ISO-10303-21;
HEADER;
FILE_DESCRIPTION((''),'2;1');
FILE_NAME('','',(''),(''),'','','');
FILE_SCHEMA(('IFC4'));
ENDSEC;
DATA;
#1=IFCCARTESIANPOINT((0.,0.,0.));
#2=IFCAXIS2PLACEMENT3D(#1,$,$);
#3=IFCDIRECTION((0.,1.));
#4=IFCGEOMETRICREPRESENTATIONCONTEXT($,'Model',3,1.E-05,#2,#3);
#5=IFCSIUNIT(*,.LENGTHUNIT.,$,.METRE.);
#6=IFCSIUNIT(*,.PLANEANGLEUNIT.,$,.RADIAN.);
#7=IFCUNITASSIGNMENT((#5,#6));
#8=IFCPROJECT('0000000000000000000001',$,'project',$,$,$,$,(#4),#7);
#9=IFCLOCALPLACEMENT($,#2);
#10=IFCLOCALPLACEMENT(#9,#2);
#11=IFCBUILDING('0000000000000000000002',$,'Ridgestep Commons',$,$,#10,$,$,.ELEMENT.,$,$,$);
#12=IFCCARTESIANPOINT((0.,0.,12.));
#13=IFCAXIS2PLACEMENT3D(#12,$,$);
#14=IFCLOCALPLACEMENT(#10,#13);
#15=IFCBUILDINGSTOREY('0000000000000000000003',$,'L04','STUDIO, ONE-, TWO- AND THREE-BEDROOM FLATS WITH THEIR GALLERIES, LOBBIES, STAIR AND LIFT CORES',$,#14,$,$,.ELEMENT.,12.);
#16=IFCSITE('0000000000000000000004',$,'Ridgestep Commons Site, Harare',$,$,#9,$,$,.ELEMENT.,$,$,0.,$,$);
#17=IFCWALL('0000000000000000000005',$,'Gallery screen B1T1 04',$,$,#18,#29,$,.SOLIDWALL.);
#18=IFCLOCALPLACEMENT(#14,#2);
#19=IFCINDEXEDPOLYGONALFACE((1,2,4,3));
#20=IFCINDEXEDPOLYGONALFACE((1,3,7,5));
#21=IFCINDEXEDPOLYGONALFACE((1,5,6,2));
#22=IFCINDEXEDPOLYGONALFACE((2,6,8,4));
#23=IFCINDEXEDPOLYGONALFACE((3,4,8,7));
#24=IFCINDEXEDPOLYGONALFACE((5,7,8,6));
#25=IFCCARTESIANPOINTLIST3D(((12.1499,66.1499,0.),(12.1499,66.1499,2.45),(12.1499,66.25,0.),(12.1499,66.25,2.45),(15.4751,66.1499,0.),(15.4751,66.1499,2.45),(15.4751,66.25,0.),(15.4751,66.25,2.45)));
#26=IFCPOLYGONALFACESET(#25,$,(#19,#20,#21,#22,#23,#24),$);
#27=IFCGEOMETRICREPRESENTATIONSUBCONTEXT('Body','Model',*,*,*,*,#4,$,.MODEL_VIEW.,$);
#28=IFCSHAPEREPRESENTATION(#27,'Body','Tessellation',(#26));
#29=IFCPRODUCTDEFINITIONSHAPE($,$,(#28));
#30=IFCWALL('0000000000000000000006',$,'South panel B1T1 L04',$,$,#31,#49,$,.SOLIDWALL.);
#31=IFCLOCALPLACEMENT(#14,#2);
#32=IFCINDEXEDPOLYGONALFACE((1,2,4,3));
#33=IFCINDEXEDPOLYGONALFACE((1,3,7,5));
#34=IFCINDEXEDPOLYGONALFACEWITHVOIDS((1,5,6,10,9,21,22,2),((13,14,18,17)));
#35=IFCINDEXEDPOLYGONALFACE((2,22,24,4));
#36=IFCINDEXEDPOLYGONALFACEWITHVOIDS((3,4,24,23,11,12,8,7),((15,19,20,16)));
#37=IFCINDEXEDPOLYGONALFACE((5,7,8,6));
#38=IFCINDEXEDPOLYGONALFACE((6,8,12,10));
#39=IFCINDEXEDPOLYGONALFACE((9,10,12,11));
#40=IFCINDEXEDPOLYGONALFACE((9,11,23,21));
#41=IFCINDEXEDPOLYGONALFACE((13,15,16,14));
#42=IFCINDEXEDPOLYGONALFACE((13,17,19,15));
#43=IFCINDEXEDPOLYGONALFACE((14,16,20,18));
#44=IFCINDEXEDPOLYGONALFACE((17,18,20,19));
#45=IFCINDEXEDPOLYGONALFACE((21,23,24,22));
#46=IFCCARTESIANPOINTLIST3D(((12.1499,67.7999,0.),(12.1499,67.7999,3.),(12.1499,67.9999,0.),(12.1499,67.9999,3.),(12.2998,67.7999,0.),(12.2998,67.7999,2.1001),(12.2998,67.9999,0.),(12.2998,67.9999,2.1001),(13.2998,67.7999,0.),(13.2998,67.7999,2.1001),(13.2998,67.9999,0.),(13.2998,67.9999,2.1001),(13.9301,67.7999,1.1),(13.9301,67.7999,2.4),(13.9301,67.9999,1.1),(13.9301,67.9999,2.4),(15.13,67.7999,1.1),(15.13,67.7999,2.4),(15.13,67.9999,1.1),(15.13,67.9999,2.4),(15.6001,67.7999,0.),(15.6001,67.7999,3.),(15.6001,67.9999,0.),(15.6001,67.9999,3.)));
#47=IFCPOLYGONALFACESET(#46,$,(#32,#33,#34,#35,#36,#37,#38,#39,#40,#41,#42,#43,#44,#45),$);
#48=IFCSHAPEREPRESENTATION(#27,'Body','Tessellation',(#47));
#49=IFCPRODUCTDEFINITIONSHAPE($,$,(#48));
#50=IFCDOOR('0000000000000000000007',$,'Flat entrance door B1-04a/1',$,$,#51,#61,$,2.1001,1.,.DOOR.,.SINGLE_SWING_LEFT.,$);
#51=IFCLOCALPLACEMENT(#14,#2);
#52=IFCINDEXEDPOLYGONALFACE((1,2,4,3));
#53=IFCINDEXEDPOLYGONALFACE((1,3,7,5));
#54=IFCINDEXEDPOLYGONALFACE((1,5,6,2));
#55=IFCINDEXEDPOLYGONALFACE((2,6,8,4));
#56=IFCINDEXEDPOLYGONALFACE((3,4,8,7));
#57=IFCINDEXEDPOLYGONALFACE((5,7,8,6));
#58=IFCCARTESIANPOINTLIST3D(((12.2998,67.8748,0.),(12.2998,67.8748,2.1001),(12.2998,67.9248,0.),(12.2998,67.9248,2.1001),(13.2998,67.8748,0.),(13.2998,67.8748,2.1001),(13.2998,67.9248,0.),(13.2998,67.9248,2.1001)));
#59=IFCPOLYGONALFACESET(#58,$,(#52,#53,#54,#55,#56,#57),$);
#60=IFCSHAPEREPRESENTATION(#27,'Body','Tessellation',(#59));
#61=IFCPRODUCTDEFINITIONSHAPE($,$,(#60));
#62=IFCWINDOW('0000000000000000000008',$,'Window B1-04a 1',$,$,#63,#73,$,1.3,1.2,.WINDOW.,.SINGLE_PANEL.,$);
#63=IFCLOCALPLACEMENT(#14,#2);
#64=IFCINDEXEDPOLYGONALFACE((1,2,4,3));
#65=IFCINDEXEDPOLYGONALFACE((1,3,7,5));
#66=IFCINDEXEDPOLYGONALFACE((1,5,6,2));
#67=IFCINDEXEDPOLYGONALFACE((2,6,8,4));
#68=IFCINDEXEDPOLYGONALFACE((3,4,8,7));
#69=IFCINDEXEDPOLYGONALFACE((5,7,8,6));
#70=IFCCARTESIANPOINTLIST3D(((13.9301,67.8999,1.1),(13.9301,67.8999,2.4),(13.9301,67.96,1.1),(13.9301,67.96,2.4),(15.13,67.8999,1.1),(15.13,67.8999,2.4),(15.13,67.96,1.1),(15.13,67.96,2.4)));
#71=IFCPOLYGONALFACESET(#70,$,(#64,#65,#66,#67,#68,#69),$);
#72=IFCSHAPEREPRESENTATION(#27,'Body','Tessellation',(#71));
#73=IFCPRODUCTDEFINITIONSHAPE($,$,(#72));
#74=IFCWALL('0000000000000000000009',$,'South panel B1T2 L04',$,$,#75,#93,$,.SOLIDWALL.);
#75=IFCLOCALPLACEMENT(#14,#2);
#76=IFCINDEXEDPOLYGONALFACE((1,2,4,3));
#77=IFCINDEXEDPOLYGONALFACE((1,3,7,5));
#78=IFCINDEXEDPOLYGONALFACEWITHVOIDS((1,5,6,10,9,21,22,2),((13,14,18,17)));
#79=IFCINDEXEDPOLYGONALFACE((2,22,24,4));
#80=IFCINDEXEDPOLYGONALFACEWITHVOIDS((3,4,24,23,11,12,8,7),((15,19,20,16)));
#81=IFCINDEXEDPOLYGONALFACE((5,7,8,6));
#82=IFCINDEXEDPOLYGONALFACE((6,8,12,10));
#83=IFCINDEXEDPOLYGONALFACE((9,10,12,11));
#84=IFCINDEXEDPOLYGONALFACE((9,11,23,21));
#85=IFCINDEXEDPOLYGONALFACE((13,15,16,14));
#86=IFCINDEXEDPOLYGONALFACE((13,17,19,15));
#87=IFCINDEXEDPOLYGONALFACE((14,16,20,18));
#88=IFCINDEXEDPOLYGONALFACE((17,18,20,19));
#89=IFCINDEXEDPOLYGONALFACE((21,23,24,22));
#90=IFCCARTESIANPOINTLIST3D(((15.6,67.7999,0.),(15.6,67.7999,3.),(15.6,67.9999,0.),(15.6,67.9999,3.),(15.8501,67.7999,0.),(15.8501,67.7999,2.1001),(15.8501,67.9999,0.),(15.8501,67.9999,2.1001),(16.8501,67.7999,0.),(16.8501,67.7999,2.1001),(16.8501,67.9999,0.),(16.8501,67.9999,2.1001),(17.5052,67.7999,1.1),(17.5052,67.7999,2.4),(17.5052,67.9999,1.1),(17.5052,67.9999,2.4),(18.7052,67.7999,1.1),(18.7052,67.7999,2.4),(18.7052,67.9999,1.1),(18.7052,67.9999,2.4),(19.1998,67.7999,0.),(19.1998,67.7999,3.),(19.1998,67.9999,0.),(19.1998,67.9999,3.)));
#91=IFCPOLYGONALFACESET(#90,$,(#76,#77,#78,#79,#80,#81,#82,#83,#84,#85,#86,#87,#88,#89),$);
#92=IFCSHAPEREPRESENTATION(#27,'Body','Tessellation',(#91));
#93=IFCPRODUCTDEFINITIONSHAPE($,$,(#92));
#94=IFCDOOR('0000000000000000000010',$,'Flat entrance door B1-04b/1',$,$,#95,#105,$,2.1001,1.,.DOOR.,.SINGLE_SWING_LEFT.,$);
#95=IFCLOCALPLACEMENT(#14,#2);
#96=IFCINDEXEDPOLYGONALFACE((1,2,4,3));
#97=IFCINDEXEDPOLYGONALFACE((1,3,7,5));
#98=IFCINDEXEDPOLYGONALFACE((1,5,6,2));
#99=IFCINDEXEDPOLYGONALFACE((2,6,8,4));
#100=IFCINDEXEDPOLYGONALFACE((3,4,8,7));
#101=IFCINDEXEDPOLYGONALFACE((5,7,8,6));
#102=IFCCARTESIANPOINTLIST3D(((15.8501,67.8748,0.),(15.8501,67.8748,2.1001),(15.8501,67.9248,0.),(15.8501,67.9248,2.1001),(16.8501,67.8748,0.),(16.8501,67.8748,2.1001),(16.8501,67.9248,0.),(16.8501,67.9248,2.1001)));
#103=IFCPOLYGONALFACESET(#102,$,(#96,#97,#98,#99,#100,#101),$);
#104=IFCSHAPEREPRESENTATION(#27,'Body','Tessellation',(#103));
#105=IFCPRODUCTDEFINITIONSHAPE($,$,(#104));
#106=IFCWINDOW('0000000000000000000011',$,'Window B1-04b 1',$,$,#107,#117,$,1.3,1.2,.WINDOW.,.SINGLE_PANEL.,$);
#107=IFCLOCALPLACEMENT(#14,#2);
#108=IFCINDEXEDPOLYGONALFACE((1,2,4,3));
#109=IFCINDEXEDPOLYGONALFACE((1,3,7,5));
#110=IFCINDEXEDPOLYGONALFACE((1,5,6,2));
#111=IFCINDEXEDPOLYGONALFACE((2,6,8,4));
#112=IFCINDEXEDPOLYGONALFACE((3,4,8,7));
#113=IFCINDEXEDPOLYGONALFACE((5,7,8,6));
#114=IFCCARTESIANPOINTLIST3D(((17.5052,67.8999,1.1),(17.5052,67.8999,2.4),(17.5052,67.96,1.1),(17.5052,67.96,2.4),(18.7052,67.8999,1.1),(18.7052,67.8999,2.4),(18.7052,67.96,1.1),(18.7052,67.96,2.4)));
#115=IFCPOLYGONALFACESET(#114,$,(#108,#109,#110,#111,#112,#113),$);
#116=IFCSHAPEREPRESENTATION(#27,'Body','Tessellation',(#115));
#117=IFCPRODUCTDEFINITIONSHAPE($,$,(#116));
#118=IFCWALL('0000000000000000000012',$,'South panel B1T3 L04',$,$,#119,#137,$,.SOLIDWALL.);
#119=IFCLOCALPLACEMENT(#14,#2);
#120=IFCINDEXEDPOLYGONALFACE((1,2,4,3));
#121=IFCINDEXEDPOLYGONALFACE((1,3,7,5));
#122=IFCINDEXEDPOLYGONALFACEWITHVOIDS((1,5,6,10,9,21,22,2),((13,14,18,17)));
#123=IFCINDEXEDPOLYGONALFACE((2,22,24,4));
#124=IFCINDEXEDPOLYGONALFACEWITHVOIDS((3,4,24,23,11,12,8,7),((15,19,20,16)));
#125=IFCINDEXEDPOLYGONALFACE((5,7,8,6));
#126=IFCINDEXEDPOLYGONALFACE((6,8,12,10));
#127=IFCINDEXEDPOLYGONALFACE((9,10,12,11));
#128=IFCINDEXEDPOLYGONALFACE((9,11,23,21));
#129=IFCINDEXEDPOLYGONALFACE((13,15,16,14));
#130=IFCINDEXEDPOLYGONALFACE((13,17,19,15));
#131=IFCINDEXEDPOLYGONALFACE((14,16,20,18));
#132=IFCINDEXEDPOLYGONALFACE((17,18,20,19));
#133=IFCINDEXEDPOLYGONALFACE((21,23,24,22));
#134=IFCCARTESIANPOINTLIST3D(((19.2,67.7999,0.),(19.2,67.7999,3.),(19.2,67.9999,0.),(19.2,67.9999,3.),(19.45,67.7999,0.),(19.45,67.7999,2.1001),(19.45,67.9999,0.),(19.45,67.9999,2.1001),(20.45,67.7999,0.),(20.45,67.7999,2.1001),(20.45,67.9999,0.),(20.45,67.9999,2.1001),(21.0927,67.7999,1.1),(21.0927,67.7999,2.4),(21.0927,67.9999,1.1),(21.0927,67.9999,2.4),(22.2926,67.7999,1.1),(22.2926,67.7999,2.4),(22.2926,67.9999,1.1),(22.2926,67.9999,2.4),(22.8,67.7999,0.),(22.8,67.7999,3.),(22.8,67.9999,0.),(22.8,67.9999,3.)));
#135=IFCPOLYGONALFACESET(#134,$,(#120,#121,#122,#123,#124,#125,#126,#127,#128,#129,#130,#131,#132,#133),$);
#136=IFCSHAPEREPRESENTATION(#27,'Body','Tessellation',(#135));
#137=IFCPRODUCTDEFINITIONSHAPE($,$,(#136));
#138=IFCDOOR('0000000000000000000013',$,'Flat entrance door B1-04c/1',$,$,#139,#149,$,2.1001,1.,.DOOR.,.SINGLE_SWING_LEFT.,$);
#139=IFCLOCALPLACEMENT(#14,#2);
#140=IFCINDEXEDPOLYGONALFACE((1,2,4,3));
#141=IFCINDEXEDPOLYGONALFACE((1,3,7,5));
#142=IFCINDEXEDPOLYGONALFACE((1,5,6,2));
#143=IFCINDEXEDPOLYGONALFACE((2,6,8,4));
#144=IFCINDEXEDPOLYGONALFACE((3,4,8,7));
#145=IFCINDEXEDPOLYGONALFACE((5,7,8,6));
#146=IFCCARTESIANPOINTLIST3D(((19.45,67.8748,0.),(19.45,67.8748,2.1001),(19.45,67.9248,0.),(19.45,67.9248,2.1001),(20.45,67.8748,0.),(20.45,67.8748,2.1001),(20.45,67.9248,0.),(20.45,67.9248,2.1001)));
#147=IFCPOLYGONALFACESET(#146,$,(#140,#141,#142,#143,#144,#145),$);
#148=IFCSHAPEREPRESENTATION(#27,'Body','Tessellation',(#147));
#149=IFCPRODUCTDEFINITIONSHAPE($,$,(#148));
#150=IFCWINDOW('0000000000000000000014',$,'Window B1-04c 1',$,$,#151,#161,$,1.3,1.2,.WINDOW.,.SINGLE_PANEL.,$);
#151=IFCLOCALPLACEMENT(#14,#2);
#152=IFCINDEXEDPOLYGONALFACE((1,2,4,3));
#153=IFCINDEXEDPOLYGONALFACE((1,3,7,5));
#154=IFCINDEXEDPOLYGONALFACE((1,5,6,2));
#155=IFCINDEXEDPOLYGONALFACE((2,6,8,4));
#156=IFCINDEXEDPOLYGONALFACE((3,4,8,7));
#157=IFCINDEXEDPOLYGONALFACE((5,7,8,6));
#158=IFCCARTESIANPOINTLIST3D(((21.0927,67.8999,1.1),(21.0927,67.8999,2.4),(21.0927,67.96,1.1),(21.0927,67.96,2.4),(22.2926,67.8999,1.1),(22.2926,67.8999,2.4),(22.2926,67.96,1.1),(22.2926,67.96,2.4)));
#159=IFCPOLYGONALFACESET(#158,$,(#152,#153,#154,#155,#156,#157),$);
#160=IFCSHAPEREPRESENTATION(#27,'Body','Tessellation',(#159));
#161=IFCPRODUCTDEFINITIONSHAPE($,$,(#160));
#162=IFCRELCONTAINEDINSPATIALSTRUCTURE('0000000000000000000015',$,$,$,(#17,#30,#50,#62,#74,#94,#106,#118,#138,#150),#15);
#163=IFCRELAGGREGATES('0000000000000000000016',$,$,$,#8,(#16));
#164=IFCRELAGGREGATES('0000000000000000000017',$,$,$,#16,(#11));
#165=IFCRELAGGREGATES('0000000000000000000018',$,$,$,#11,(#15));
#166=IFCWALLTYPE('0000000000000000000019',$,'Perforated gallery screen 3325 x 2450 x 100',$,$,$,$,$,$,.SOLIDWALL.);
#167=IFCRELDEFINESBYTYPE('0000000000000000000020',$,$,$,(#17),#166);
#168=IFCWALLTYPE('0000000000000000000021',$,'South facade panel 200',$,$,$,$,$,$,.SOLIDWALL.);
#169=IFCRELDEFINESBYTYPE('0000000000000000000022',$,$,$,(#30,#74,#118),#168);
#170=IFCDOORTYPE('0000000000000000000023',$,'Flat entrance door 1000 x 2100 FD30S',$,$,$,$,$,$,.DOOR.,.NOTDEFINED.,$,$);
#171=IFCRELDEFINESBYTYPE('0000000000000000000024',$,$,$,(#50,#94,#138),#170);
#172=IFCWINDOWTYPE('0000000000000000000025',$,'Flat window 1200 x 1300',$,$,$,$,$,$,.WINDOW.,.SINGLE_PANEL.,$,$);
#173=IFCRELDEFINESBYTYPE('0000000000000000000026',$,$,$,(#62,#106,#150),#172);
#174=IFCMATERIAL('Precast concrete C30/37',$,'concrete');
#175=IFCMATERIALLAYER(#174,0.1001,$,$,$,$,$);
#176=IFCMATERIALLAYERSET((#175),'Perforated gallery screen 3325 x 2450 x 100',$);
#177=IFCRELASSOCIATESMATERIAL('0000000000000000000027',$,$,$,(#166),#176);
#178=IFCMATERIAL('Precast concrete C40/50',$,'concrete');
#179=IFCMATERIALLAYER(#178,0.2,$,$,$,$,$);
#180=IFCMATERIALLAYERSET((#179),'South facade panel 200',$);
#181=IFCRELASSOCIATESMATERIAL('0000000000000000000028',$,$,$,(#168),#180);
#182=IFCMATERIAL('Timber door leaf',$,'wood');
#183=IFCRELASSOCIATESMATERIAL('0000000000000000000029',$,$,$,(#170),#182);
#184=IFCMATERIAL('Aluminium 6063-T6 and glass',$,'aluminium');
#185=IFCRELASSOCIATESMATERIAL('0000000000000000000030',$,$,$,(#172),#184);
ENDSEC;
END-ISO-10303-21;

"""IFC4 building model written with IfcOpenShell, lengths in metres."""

from ifc_helpers import new_model, si_unit, direction, frame, frame_2d, origin, place, context, subcontext, project, spatial, rectangle, extrude, material, layer, layer_set, type_object, element, fill, save


model = new_model("IFC4")

# Units and contexts
model_context = context("Model", 3, precision=1e-05, world=origin(), true_north=direction((0.0, 1.0)))
body_context = subcontext(model_context, "Body", "Model", "MODEL_VIEW")
ifc_project = project(units=[si_unit("LENGTHUNIT", "METRE"), si_unit("PLANEANGLEUNIT", "RADIAN")], contexts=[model_context])

# Site, building, storey
site_placement = place(None, origin())
site = spatial("IfcSite", under=ifc_project, at=site_placement, Name="Ridgestep Commons Site, Harare", CompositionType="ELEMENT", RefElevation=0.0)
building_placement = place(site_placement, origin())
building = spatial("IfcBuilding", under=site, at=building_placement, Name="Ridgestep Commons", CompositionType="ELEMENT")
storey_placement = place(building_placement, frame((0.0, 0.0, 12.0)))
storey = spatial("IfcBuildingStorey", under=building, at=storey_placement, Name="L04", Description="STUDIO, ONE-, TWO- AND THREE-BEDROOM FLATS WITH THEIR GALLERIES, LOBBIES, STAIR AND LIFT CORES", CompositionType="ELEMENT", Elevation=12.0)

# Wall
ifc_material_1 = material(Name="Precast concrete C30/37", Category="concrete")
ifc_layer_1 = layer(ifc_material_1, 0.1001)
ifc_layer_set_1 = layer_set([ifc_layer_1], Name="Perforated gallery screen 3325 x 2450 x 100")
wall_type_1 = type_object("IfcWallType", Name="Perforated gallery screen 3325 x 2450 x 100", PredefinedType="SOLIDWALL", material=ifc_layer_set_1)
wall_1_placement = place(storey_placement, frame((12.1499, 66.2, 0.0), z_axis=(0.0, 0.0, 1.0), x_axis=(1.0, 0.0, 0.0)))
element("IfcWall", 1, at=wall_1_placement, inside=storey, type_object=wall_type_1, Name="Gallery screen B1T1 04", PredefinedType="SOLIDWALL", context=body_context, shape_type="SweptSolid", body=[
    extrude(rectangle(XDim=3.3252, YDim=0.1001, at=frame_2d((1.6626, 0.0))), origin(), (0.0, 0.0, 1.0), 2.45),
])

# Walls, openings, doors, windows
ifc_material_2 = material(Name="Precast concrete C40/50", Category="concrete")
ifc_layer_2 = layer(ifc_material_2, 0.2)
ifc_layer_set_2 = layer_set([ifc_layer_2], Name="South facade panel 200")
wall_type_2 = type_object("IfcWallType", Name="South facade panel 200", PredefinedType="SOLIDWALL", material=ifc_layer_set_2)
wall_2_placement = place(storey_placement, frame((12.1499, 67.8999, 0.0), z_axis=(0.0, 0.0, 1.0), x_axis=(1.0, 0.0, 0.0)))
wall_2 = element("IfcWall", 2, at=wall_2_placement, inside=storey, type_object=wall_type_2, Name="South panel B1T1 L04", PredefinedType="SOLIDWALL", context=body_context, shape_type="SweptSolid", body=[
    extrude(rectangle(XDim=3.4502, YDim=0.2, at=frame_2d((1.7251, 0.0))), origin(), (0.0, 0.0, 1.0), 3.0),
])
opening_1_placement = place(wall_2_placement, frame((1.78, 0.0, 1.1001)))
opening_1 = element("IfcOpeningElement", 3, at=opening_1_placement, cuts=wall_2, PredefinedType="OPENING", context=body_context, shape_type="SweptSolid", body=[
    extrude(rectangle(XDim=1.2, YDim=1.3, at=frame_2d((0.6001, 0.6499))), frame((0.0, 0.1099, 0.0), z_axis=(0.0, -1.0, 0.0), x_axis=(1.0, 0.0, 0.0)), (0.0, 0.0, 1.0), 0.22),
])
opening_2_placement = place(wall_2_placement, frame((0.1499, 0.0, 0.0)))
opening_2 = element("IfcOpeningElement", 4, at=opening_2_placement, cuts=wall_2, PredefinedType="OPENING", context=body_context, shape_type="SweptSolid", body=[
    extrude(rectangle(XDim=1.0, YDim=2.1001, at=frame_2d((0.5, 1.05))), frame((0.0, 0.1099, 0.0), z_axis=(0.0, -1.0, 0.0), x_axis=(1.0, 0.0, 0.0)), (0.0, 0.0, 1.0), 0.22),
])
ifc_material_3 = material(Name="Timber door leaf", Category="wood")
door_type_1 = type_object("IfcDoorType", Name="Flat entrance door 1000 x 2100 FD30S", OperationType="NOTDEFINED", PredefinedType="DOOR", material=ifc_material_3)
door_1_placement = place(opening_2_placement, origin())
door_1 = element("IfcDoor", 5, at=door_1_placement, inside=storey, type_object=door_type_1, Name="Flat entrance door B1-04a/1", OperationType="SINGLE_SWING_LEFT", OverallHeight=2.1001, OverallWidth=1.0, PredefinedType="DOOR", context=body_context, shape_type="SweptSolid", body=[
    extrude(rectangle(XDim=1.0, YDim=2.1001, at=frame_2d((0.5, 1.05))), frame((0.0, 0.0249, 0.0), z_axis=(0.0, -1.0, 0.0), x_axis=(1.0, 0.0, 0.0)), (0.0, 0.0, 1.0), 0.05),
])
fill(opening_2, door_1)
ifc_material_4 = material(Name="Aluminium 6063-T6 and glass", Category="aluminium")
window_type = type_object("IfcWindowType", Name="Flat window 1200 x 1300", PartitioningType="SINGLE_PANEL", PredefinedType="WINDOW", material=ifc_material_4)
window_1_placement = place(opening_1_placement, origin())
window_1 = element("IfcWindow", 6, at=window_1_placement, inside=storey, type_object=window_type, Name="Window B1-04a 1", OverallHeight=1.3, OverallWidth=1.2, PartitioningType="SINGLE_PANEL", PredefinedType="WINDOW", context=body_context, shape_type="SweptSolid", body=[
    extrude(rectangle(XDim=1.2, YDim=1.3, at=frame_2d((0.6001, 0.6499))), frame((0.0, 0.0601, 0.0), z_axis=(0.0, -1.0, 0.0), x_axis=(1.0, 0.0, 0.0)), (0.0, 0.0, 1.0), 0.0601),
])
fill(opening_1, window_1)
wall_3_placement = place(storey_placement, frame((15.6001, 67.8999, 0.0), z_axis=(0.0, 0.0, 1.0), x_axis=(1.0, 0.0, 0.0)))
wall_3 = element("IfcWall", 7, at=wall_3_placement, inside=storey, type_object=wall_type_2, Name="South panel B1T2 L04", PredefinedType="SOLIDWALL", context=body_context, shape_type="SweptSolid", body=[
    extrude(rectangle(XDim=3.5999, YDim=0.2, at=frame_2d((1.7998, 0.0))), origin(), (0.0, 0.0, 1.0), 3.0),
])
opening_3_placement = place(wall_3_placement, frame((1.905, 0.0, 1.1001)))
opening_3 = element("IfcOpeningElement", 8, at=opening_3_placement, cuts=wall_3, PredefinedType="OPENING", context=body_context, shape_type="SweptSolid", body=[
    extrude(rectangle(XDim=1.2, YDim=1.3, at=frame_2d((0.6001, 0.6499))), frame((0.0, 0.1099, 0.0), z_axis=(0.0, -1.0, 0.0), x_axis=(1.0, 0.0, 0.0)), (0.0, 0.0, 1.0), 0.22),
])
opening_4_placement = place(wall_3_placement, frame((0.25, 0.0, 0.0)))
opening_4 = element("IfcOpeningElement", 9, at=opening_4_placement, cuts=wall_3, PredefinedType="OPENING", context=body_context, shape_type="SweptSolid", body=[
    extrude(rectangle(XDim=1.0, YDim=2.1001, at=frame_2d((0.5, 1.05))), frame((0.0, 0.1099, 0.0), z_axis=(0.0, -1.0, 0.0), x_axis=(1.0, 0.0, 0.0)), (0.0, 0.0, 1.0), 0.22),
])
door_2_placement = place(opening_4_placement, origin())
door_2 = element("IfcDoor", 10, at=door_2_placement, inside=storey, type_object=door_type_1, Name="Flat entrance door B1-04b/1", OperationType="SINGLE_SWING_LEFT", OverallHeight=2.1001, OverallWidth=1.0, PredefinedType="DOOR", context=body_context, shape_type="SweptSolid", body=[
    extrude(rectangle(XDim=1.0, YDim=2.1001, at=frame_2d((0.5, 1.05))), frame((0.0, 0.0249, 0.0), z_axis=(0.0, -1.0, 0.0), x_axis=(1.0, 0.0, 0.0)), (0.0, 0.0, 1.0), 0.05),
])
fill(opening_4, door_2)
window_2_placement = place(opening_3_placement, origin())
window_2 = element("IfcWindow", 11, at=window_2_placement, inside=storey, type_object=window_type, Name="Window B1-04b 1", OverallHeight=1.3, OverallWidth=1.2, PartitioningType="SINGLE_PANEL", PredefinedType="WINDOW", context=body_context, shape_type="SweptSolid", body=[
    extrude(rectangle(XDim=1.2, YDim=1.3, at=frame_2d((0.6001, 0.6499))), frame((0.0, 0.0601, 0.0), z_axis=(0.0, -1.0, 0.0), x_axis=(1.0, 0.0, 0.0)), (0.0, 0.0, 1.0), 0.0601),
])
fill(opening_3, window_2)
wall_4_placement = place(storey_placement, frame((19.2, 67.8999, 0.0), z_axis=(0.0, 0.0, 1.0), x_axis=(1.0, 0.0, 0.0)))
wall_4 = element("IfcWall", 12, at=wall_4_placement, inside=storey, type_object=wall_type_2, Name="South panel B1T3 L04", PredefinedType="SOLIDWALL", context=body_context, shape_type="SweptSolid", body=[
    extrude(rectangle(XDim=3.6001, YDim=0.2, at=frame_2d((1.8, 0.0))), origin(), (0.0, 0.0, 1.0), 3.0),
])
opening_5_placement = place(wall_4_placement, frame((1.8926, 0.0, 1.1001)))
opening_5 = element("IfcOpeningElement", 13, at=opening_5_placement, cuts=wall_4, PredefinedType="OPENING", context=body_context, shape_type="SweptSolid", body=[
    extrude(rectangle(XDim=1.2, YDim=1.3, at=frame_2d((0.6001, 0.6499))), frame((0.0, 0.1099, 0.0), z_axis=(0.0, -1.0, 0.0), x_axis=(1.0, 0.0, 0.0)), (0.0, 0.0, 1.0), 0.22),
])
opening_6_placement = place(wall_4_placement, frame((0.25, 0.0, 0.0)))
opening_6 = element("IfcOpeningElement", 14, at=opening_6_placement, cuts=wall_4, PredefinedType="OPENING", context=body_context, shape_type="SweptSolid", body=[
    extrude(rectangle(XDim=1.0, YDim=2.1001, at=frame_2d((0.5, 1.05))), frame((0.0, 0.1099, 0.0), z_axis=(0.0, -1.0, 0.0), x_axis=(1.0, 0.0, 0.0)), (0.0, 0.0, 1.0), 0.22),
])
door_3_placement = place(opening_6_placement, origin())
door_3 = element("IfcDoor", 15, at=door_3_placement, inside=storey, type_object=door_type_1, Name="Flat entrance door B1-04c/1", OperationType="SINGLE_SWING_LEFT", OverallHeight=2.1001, OverallWidth=1.0, PredefinedType="DOOR", context=body_context, shape_type="SweptSolid", body=[
    extrude(rectangle(XDim=1.0, YDim=2.1001, at=frame_2d((0.5, 1.05))), frame((0.0, 0.0249, 0.0), z_axis=(0.0, -1.0, 0.0), x_axis=(1.0, 0.0, 0.0)), (0.0, 0.0, 1.0), 0.05),
])
fill(opening_6, door_3)
window_3_placement = place(opening_5_placement, origin())
window_3 = element("IfcWindow", 16, at=window_3_placement, inside=storey, type_object=window_type, Name="Window B1-04c 1", OverallHeight=1.3, OverallWidth=1.2, PartitioningType="SINGLE_PANEL", PredefinedType="WINDOW", context=body_context, shape_type="SweptSolid", body=[
    extrude(rectangle(XDim=1.2, YDim=1.3, at=frame_2d((0.6001, 0.6499))), frame((0.0, 0.0601, 0.0), z_axis=(0.0, -1.0, 0.0), x_axis=(1.0, 0.0, 0.0)), (0.0, 0.0, 1.0), 0.0601),
])
fill(opening_5, window_3)

save(model, "model.ifc")
